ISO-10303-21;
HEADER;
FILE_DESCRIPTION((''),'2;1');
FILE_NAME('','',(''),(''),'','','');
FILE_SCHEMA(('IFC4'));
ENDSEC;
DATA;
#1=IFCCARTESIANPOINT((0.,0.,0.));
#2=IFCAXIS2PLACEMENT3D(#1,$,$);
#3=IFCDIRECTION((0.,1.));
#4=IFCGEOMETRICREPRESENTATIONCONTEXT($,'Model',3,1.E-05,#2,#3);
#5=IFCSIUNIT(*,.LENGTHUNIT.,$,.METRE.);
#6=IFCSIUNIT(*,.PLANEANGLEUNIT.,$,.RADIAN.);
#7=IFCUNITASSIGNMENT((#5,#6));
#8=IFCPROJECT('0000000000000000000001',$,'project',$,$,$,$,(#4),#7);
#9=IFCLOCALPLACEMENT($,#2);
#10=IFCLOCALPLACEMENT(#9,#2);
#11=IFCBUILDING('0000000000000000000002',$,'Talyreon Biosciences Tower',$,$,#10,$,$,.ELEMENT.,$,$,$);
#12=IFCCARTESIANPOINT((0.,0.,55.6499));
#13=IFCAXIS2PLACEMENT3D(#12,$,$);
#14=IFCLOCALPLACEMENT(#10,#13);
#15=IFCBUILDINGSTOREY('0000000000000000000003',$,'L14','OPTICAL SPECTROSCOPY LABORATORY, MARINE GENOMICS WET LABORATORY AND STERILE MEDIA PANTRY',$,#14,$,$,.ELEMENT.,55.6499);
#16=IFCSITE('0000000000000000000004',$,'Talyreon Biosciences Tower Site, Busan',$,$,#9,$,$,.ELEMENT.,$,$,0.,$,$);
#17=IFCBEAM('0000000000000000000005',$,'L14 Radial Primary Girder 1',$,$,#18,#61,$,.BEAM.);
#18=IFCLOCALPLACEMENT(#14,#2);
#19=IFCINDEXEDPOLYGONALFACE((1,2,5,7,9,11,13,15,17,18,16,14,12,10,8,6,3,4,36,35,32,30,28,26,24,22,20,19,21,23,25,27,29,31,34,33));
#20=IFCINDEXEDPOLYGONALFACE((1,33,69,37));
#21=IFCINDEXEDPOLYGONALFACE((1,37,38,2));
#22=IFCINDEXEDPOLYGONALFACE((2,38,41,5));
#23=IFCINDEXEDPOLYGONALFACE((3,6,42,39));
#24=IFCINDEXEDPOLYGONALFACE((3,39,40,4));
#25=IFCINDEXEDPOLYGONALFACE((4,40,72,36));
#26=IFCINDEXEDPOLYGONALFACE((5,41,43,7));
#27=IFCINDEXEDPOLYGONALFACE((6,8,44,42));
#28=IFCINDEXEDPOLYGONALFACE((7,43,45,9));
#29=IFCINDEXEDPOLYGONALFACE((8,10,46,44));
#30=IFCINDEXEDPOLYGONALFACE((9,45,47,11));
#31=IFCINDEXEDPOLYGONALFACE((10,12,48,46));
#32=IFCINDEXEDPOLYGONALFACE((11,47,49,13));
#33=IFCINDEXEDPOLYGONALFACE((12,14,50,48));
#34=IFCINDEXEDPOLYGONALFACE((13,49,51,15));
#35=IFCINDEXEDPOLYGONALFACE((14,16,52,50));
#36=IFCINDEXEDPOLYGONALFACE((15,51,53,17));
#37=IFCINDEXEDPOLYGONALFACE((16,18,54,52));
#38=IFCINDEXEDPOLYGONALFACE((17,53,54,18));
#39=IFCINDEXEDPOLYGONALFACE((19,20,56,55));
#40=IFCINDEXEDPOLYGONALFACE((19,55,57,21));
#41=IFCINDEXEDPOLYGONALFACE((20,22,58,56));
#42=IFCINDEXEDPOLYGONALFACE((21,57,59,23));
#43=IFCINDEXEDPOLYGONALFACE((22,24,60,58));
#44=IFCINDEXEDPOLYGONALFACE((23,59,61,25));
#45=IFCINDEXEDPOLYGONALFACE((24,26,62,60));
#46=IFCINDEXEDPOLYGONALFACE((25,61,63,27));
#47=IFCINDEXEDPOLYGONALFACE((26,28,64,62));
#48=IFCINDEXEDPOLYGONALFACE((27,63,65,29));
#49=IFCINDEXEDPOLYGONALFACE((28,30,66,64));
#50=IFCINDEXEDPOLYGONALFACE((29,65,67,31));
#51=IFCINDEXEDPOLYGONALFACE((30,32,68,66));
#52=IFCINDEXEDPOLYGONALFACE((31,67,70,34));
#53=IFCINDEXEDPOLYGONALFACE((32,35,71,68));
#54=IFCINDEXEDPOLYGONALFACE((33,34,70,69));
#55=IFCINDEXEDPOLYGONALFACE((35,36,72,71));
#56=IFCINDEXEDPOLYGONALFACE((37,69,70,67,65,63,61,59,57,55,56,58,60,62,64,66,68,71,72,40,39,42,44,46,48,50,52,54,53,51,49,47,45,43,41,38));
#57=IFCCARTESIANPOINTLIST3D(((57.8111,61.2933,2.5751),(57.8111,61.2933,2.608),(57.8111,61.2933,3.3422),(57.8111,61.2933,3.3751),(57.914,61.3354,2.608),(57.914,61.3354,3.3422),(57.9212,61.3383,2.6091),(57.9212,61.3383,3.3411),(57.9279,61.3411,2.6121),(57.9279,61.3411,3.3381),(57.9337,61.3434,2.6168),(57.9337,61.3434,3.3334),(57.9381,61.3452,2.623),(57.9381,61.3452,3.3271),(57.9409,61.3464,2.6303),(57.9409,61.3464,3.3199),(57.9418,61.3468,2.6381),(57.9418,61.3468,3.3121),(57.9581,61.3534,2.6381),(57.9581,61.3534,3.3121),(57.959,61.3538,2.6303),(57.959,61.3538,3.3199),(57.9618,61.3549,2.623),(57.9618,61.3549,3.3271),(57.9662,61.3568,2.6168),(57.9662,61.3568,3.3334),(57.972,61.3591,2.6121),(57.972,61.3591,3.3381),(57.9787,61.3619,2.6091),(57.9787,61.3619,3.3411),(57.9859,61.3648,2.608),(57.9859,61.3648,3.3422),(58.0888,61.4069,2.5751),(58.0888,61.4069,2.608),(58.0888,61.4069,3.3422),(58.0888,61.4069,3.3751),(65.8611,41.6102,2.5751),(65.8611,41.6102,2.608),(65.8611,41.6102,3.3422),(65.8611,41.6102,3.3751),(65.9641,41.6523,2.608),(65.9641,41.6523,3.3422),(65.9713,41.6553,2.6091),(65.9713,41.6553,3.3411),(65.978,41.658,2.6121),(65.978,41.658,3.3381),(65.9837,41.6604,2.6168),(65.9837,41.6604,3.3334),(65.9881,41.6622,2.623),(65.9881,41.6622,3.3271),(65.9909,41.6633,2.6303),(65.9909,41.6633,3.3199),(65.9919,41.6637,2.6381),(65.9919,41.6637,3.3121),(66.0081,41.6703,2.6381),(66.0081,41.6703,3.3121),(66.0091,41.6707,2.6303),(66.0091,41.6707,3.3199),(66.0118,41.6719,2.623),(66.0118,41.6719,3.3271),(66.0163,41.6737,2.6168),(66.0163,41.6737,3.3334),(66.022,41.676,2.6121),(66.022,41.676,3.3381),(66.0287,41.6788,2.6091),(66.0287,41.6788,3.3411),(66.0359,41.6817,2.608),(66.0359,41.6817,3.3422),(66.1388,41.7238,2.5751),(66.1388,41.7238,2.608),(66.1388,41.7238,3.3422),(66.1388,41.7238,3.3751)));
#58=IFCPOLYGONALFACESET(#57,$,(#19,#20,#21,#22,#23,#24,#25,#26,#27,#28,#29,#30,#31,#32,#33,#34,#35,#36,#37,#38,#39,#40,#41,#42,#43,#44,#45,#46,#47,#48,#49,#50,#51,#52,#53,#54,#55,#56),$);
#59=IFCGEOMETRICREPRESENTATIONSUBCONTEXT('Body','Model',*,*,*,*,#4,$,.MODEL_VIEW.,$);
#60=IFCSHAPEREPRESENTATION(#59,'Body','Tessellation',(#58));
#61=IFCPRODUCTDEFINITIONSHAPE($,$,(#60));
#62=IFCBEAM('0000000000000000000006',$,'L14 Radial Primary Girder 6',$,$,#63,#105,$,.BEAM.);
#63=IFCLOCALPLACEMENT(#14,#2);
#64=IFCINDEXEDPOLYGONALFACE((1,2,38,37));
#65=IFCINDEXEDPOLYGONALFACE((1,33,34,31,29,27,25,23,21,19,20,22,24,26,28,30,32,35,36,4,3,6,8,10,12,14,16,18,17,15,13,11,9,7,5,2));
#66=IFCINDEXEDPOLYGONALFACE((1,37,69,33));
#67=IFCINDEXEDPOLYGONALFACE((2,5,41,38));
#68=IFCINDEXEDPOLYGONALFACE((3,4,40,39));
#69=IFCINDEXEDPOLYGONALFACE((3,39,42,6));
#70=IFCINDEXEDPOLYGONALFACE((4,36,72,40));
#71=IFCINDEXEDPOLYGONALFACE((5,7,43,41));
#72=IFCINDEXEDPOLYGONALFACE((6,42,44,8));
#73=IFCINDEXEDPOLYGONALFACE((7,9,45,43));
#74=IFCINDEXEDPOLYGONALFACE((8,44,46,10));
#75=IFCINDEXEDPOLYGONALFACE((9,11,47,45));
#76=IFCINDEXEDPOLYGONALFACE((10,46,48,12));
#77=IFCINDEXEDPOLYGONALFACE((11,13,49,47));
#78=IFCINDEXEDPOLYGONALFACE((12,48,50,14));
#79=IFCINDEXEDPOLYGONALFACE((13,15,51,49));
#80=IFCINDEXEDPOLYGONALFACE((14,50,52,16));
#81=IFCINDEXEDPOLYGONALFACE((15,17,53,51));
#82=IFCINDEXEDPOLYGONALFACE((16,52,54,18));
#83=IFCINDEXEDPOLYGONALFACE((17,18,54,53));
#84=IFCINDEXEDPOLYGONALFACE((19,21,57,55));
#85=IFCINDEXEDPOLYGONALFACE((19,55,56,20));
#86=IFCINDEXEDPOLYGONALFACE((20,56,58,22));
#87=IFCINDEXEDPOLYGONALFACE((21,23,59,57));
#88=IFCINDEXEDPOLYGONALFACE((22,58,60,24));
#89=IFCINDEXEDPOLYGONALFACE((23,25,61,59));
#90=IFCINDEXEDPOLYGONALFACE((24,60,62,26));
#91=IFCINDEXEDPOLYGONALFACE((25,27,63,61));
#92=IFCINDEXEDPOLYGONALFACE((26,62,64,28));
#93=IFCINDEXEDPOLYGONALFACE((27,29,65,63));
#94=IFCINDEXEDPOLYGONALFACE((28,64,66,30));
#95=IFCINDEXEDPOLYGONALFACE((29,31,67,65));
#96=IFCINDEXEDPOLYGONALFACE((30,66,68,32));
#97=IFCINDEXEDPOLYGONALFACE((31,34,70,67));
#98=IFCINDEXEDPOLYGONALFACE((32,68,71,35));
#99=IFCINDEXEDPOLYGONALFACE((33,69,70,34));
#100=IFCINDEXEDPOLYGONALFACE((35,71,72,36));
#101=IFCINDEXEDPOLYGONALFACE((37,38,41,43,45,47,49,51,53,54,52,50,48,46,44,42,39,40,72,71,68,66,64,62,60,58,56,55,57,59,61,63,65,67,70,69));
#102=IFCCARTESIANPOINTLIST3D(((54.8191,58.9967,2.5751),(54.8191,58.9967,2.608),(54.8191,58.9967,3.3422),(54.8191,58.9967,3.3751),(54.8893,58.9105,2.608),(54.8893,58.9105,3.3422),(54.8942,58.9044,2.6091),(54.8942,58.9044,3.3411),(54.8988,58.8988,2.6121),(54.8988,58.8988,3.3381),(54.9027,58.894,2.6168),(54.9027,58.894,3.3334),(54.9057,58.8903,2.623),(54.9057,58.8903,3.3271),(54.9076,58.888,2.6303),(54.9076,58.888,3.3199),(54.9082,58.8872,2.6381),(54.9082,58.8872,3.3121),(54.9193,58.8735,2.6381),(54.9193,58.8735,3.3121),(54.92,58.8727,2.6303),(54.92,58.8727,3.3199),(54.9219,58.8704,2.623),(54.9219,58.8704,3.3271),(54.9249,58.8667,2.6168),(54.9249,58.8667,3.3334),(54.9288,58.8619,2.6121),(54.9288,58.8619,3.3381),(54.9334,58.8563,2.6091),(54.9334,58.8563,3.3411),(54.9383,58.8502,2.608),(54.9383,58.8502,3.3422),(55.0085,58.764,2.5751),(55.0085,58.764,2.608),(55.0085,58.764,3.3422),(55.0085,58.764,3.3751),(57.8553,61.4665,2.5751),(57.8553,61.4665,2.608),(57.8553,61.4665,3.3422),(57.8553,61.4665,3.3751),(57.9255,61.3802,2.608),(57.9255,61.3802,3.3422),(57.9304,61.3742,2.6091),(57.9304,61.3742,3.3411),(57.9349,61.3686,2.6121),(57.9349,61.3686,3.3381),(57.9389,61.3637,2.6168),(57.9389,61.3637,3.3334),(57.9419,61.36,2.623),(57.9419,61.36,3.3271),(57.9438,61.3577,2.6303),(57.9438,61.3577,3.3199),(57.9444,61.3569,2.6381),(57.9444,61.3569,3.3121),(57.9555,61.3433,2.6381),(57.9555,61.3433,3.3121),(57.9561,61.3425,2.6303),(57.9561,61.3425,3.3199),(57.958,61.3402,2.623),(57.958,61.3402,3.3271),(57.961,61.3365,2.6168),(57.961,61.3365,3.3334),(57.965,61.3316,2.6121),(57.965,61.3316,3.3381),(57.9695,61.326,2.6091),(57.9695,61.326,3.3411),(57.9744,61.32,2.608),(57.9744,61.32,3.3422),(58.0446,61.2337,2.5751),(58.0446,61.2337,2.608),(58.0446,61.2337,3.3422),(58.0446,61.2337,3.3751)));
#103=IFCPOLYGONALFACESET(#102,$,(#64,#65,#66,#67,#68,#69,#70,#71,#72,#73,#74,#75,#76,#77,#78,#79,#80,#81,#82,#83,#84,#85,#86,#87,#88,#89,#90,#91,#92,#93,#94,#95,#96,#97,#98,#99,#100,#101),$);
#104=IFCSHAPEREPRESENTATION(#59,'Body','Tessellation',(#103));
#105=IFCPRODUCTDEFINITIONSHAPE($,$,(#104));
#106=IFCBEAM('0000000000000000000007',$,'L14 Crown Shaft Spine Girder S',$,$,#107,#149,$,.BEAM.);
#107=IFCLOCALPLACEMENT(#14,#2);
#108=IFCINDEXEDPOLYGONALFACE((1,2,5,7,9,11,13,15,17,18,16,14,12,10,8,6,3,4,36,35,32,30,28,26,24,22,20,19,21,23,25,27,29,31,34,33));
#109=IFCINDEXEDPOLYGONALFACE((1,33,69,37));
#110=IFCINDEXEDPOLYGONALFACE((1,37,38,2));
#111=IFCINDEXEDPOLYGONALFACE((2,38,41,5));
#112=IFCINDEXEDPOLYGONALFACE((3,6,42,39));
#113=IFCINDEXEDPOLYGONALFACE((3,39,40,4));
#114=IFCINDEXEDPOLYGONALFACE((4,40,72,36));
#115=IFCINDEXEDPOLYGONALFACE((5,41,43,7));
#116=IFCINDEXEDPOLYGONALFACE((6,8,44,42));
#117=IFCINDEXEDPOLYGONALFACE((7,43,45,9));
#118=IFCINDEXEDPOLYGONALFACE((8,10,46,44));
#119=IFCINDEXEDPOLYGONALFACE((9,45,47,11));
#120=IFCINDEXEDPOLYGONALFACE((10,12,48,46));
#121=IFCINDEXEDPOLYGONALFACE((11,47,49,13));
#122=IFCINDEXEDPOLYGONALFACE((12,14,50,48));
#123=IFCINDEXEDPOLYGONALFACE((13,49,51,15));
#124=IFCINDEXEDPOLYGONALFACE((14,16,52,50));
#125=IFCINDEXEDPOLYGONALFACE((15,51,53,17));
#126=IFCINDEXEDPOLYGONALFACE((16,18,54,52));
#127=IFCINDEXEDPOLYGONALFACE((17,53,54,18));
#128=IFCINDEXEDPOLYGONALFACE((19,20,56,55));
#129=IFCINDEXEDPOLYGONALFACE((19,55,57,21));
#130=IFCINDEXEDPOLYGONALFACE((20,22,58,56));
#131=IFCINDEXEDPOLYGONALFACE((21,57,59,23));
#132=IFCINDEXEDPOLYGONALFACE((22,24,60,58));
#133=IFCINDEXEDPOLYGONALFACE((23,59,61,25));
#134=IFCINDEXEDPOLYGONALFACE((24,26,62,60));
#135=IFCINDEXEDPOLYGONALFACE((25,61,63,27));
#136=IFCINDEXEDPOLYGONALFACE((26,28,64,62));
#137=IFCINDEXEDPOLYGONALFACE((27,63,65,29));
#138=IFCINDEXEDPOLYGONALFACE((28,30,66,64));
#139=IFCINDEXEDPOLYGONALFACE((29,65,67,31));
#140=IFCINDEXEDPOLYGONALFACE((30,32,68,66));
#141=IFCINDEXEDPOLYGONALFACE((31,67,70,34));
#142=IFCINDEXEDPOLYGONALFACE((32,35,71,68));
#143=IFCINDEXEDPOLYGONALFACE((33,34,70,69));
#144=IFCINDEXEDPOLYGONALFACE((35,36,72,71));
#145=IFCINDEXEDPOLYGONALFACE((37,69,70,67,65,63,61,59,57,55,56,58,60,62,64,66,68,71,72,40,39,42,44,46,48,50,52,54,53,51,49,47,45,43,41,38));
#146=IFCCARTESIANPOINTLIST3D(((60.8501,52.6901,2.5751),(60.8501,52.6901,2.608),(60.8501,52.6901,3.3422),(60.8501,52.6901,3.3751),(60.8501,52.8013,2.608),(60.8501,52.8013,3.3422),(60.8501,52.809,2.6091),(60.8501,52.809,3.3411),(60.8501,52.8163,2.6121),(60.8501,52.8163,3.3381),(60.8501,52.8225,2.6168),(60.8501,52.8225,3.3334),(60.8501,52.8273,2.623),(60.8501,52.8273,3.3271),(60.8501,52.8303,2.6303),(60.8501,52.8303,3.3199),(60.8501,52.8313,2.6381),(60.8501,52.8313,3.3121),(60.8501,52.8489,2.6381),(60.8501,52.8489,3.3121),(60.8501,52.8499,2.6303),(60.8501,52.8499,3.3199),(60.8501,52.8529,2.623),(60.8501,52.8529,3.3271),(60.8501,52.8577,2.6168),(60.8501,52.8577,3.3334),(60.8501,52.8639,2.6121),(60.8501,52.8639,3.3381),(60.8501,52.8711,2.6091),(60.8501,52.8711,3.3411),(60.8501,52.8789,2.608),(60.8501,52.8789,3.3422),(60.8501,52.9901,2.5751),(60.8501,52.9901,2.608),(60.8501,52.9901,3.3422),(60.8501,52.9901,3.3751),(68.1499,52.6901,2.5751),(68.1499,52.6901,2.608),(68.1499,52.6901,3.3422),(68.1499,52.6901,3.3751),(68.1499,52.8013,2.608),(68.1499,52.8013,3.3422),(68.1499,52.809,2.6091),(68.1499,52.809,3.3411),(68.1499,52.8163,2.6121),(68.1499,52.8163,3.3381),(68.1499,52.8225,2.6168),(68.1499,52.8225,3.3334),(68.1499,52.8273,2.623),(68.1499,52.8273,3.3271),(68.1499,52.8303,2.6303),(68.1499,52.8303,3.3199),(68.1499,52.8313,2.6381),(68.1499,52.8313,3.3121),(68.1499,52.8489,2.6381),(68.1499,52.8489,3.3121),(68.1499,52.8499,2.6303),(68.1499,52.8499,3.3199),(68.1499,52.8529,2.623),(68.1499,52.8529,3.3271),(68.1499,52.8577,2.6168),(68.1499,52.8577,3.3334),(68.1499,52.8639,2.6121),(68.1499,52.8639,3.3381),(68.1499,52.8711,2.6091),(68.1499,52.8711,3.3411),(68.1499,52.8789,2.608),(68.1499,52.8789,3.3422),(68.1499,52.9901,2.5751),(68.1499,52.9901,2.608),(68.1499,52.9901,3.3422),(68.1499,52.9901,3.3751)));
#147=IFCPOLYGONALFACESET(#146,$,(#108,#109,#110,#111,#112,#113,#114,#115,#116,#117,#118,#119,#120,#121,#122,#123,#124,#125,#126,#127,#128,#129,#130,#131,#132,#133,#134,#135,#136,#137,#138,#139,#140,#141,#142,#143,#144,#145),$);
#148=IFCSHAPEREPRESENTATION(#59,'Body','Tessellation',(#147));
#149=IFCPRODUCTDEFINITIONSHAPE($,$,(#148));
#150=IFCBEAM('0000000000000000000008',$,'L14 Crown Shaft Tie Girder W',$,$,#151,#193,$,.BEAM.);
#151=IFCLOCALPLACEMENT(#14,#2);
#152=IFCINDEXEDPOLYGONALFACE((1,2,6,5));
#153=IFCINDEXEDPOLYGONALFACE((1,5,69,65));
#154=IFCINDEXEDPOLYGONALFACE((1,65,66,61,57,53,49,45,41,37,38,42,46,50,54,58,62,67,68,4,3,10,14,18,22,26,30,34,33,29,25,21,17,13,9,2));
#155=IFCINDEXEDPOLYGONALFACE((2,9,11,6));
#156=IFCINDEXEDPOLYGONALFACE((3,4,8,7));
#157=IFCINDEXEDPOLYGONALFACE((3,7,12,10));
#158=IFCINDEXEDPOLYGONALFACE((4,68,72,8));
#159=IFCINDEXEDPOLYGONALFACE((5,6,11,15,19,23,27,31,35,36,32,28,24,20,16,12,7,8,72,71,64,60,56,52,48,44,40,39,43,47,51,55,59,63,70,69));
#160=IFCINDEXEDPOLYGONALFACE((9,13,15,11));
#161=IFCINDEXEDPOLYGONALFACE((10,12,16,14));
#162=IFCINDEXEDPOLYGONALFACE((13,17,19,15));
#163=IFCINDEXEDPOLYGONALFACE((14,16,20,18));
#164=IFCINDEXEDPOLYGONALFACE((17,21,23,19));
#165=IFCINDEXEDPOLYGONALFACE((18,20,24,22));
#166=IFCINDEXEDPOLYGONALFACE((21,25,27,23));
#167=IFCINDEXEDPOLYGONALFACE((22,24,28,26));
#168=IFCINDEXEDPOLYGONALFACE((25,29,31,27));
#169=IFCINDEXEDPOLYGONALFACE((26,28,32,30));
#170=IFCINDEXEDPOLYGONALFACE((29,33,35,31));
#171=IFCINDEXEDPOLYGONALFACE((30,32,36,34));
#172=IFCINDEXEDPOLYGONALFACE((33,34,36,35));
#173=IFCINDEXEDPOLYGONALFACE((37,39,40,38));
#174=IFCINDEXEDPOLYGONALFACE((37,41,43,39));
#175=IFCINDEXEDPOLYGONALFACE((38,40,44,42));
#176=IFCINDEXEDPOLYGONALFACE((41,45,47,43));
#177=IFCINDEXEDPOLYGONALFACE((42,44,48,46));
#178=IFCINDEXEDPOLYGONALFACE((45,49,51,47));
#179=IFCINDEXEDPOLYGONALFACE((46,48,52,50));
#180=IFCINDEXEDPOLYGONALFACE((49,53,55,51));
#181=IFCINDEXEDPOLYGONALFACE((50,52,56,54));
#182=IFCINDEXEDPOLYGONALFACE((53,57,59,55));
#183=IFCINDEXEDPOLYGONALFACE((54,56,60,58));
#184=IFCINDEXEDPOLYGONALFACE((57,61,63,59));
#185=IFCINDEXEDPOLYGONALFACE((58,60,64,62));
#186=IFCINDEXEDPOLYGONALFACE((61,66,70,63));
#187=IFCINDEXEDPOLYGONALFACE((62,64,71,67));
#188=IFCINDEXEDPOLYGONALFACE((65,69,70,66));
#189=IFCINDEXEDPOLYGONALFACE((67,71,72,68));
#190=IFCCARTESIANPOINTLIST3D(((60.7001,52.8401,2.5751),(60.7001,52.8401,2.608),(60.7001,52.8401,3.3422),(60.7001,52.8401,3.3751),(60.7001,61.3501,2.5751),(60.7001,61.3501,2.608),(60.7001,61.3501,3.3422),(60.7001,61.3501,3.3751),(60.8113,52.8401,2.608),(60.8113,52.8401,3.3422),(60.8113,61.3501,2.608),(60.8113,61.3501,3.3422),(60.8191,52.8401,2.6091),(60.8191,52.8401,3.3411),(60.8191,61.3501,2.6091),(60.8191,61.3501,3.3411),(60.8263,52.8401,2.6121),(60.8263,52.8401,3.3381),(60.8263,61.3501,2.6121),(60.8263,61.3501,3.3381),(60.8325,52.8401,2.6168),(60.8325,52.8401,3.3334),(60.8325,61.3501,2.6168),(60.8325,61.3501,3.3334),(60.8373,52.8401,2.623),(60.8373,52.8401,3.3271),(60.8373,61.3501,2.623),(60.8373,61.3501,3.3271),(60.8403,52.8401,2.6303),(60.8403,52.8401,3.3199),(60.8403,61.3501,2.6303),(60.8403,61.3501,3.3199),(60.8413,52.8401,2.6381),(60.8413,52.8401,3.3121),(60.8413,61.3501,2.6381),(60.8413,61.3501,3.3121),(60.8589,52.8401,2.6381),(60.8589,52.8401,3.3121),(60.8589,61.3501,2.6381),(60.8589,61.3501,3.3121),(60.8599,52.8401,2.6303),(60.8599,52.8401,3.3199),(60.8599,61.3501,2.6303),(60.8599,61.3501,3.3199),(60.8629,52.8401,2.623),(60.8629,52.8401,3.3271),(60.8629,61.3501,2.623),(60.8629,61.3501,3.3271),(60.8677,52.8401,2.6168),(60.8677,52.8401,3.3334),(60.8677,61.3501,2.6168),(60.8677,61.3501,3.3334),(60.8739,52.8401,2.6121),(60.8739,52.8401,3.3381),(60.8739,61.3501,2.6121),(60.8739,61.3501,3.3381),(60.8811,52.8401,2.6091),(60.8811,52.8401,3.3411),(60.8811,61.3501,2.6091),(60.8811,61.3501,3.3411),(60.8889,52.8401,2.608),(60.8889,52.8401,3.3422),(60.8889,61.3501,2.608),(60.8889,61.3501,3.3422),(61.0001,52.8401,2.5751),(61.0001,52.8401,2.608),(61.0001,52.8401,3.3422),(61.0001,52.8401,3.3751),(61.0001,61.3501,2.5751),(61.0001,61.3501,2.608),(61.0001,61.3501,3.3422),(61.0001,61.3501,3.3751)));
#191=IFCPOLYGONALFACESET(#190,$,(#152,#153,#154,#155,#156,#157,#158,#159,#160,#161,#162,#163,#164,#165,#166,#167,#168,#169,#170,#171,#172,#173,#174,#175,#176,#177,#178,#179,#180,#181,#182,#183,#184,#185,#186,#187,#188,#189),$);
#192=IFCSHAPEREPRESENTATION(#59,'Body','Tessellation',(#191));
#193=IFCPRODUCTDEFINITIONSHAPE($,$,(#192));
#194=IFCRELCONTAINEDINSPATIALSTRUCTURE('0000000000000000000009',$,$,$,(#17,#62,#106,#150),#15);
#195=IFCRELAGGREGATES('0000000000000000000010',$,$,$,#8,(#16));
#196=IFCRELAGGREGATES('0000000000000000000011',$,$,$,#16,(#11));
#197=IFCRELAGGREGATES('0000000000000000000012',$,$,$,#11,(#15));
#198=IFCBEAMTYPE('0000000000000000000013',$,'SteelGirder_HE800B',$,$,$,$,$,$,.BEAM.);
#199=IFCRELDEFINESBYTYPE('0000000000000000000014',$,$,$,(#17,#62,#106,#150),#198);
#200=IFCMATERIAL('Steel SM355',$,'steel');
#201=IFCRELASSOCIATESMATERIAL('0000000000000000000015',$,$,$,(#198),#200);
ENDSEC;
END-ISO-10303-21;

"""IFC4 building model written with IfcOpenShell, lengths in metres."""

from ifc_helpers import new_model, si_unit, direction, frame, origin, origin_2d, place, context, subcontext, project, spatial, i_section, extrude, material, material_profile, profile_set, type_object, element, save


model = new_model("IFC4")

# Units and contexts
model_context = context("Model", 3, precision=1e-05, world=origin(), true_north=direction((0.0, 1.0)))
body_context = subcontext(model_context, "Body", "Model", "MODEL_VIEW")
ifc_project = project(units=[si_unit("LENGTHUNIT", "METRE"), si_unit("PLANEANGLEUNIT", "RADIAN")], contexts=[model_context])

# Site, building, storey
site_placement = place(None, origin())
site = spatial("IfcSite", under=ifc_project, at=site_placement, Name="Talyreon Biosciences Tower Site, Busan", CompositionType="ELEMENT", RefElevation=0.0)
building_placement = place(site_placement, origin())
building = spatial("IfcBuilding", under=site, at=building_placement, Name="Talyreon Biosciences Tower", CompositionType="ELEMENT")
storey_placement = place(building_placement, frame((0.0, 0.0, 55.6499)))
storey = spatial("IfcBuildingStorey", under=building, at=storey_placement, Name="L14", Description="OPTICAL SPECTROSCOPY LABORATORY, MARINE GENOMICS WET LABORATORY AND STERILE MEDIA PANTRY", CompositionType="ELEMENT", Elevation=55.6499)

# Beams
ifc_material_1 = material(Name="Steel SM355", Category="steel")
ifc_material_profile_1 = material_profile(ifc_material_1, i_section(OverallWidth=0.3, OverallDepth=0.8, WebThickness=0.0176, FlangeThickness=0.033, FilletRadius=0.03, at=origin_2d()), Name="HE800B")
ifc_profile_set_1 = profile_set([ifc_material_profile_1], Name="Steel SM355")
beam_type_1 = type_object("IfcBeamType", Name="SteelGirder_HE800B", PredefinedType="BEAM", material=ifc_profile_set_1)
beam_1_placement = place(storey_placement, frame((57.95, 61.3501, 2.9751), z_axis=(0.378547, -0.925582, 0.0), x_axis=(0.925582, 0.378547, 0.0)))
element("IfcBeam", 1, at=beam_1_placement, inside=storey, type_object=beam_type_1, Name="L14 Radial Primary Girder 1", PredefinedType="BEAM", context=body_context, shape_type="SweptSolid", body=[
    extrude(i_section(OverallWidth=0.3, OverallDepth=0.8, WebThickness=0.0176, FlangeThickness=0.033, FilletRadius=0.03, at=origin_2d()), origin(), (0.0, 0.0, 1.0), 21.2656),
])
beam_2_placement = place(storey_placement, frame((57.95, 61.3501, 2.9751), z_axis=(-0.775755, -0.631034, 0.0), x_axis=(0.631034, -0.775755, 0.0)))
element("IfcBeam", 2, at=beam_2_placement, inside=storey, type_object=beam_type_1, Name="L14 Radial Primary Girder 6", PredefinedType="BEAM", context=body_context, shape_type="SweptSolid", body=[
    extrude(i_section(OverallWidth=0.3, OverallDepth=0.8, WebThickness=0.0176, FlangeThickness=0.033, FilletRadius=0.03, at=origin_2d()), origin(), (0.0, 0.0, 1.0), 3.9138),
])
beam_3_placement = place(storey_placement, frame((60.8501, 52.8401, 2.9751), z_axis=(1.0, 0.0, 0.0), x_axis=(0.0, 1.0, 0.0)))
element("IfcBeam", 3, at=beam_3_placement, inside=storey, type_object=beam_type_1, Name="L14 Crown Shaft Spine Girder S", PredefinedType="BEAM", context=body_context, shape_type="SweptSolid", body=[
    extrude(i_section(OverallWidth=0.3, OverallDepth=0.8, WebThickness=0.0176, FlangeThickness=0.033, FilletRadius=0.03, at=origin_2d()), origin(), (0.0, 0.0, 1.0), 7.2998),
])
beam_4_placement = place(storey_placement, frame((60.8501, 52.8401, 2.9751), z_axis=(0.0, 1.0, 0.0), x_axis=(-1.0, 0.0, 0.0)))
element("IfcBeam", 4, at=beam_4_placement, inside=storey, type_object=beam_type_1, Name="L14 Crown Shaft Tie Girder W", PredefinedType="BEAM", context=body_context, shape_type="SweptSolid", body=[
    extrude(i_section(OverallWidth=0.3, OverallDepth=0.8, WebThickness=0.0176, FlangeThickness=0.033, FilletRadius=0.03, at=origin_2d()), origin(), (0.0, 0.0, 1.0), 8.51),
])

save(model, "model.ifc")
